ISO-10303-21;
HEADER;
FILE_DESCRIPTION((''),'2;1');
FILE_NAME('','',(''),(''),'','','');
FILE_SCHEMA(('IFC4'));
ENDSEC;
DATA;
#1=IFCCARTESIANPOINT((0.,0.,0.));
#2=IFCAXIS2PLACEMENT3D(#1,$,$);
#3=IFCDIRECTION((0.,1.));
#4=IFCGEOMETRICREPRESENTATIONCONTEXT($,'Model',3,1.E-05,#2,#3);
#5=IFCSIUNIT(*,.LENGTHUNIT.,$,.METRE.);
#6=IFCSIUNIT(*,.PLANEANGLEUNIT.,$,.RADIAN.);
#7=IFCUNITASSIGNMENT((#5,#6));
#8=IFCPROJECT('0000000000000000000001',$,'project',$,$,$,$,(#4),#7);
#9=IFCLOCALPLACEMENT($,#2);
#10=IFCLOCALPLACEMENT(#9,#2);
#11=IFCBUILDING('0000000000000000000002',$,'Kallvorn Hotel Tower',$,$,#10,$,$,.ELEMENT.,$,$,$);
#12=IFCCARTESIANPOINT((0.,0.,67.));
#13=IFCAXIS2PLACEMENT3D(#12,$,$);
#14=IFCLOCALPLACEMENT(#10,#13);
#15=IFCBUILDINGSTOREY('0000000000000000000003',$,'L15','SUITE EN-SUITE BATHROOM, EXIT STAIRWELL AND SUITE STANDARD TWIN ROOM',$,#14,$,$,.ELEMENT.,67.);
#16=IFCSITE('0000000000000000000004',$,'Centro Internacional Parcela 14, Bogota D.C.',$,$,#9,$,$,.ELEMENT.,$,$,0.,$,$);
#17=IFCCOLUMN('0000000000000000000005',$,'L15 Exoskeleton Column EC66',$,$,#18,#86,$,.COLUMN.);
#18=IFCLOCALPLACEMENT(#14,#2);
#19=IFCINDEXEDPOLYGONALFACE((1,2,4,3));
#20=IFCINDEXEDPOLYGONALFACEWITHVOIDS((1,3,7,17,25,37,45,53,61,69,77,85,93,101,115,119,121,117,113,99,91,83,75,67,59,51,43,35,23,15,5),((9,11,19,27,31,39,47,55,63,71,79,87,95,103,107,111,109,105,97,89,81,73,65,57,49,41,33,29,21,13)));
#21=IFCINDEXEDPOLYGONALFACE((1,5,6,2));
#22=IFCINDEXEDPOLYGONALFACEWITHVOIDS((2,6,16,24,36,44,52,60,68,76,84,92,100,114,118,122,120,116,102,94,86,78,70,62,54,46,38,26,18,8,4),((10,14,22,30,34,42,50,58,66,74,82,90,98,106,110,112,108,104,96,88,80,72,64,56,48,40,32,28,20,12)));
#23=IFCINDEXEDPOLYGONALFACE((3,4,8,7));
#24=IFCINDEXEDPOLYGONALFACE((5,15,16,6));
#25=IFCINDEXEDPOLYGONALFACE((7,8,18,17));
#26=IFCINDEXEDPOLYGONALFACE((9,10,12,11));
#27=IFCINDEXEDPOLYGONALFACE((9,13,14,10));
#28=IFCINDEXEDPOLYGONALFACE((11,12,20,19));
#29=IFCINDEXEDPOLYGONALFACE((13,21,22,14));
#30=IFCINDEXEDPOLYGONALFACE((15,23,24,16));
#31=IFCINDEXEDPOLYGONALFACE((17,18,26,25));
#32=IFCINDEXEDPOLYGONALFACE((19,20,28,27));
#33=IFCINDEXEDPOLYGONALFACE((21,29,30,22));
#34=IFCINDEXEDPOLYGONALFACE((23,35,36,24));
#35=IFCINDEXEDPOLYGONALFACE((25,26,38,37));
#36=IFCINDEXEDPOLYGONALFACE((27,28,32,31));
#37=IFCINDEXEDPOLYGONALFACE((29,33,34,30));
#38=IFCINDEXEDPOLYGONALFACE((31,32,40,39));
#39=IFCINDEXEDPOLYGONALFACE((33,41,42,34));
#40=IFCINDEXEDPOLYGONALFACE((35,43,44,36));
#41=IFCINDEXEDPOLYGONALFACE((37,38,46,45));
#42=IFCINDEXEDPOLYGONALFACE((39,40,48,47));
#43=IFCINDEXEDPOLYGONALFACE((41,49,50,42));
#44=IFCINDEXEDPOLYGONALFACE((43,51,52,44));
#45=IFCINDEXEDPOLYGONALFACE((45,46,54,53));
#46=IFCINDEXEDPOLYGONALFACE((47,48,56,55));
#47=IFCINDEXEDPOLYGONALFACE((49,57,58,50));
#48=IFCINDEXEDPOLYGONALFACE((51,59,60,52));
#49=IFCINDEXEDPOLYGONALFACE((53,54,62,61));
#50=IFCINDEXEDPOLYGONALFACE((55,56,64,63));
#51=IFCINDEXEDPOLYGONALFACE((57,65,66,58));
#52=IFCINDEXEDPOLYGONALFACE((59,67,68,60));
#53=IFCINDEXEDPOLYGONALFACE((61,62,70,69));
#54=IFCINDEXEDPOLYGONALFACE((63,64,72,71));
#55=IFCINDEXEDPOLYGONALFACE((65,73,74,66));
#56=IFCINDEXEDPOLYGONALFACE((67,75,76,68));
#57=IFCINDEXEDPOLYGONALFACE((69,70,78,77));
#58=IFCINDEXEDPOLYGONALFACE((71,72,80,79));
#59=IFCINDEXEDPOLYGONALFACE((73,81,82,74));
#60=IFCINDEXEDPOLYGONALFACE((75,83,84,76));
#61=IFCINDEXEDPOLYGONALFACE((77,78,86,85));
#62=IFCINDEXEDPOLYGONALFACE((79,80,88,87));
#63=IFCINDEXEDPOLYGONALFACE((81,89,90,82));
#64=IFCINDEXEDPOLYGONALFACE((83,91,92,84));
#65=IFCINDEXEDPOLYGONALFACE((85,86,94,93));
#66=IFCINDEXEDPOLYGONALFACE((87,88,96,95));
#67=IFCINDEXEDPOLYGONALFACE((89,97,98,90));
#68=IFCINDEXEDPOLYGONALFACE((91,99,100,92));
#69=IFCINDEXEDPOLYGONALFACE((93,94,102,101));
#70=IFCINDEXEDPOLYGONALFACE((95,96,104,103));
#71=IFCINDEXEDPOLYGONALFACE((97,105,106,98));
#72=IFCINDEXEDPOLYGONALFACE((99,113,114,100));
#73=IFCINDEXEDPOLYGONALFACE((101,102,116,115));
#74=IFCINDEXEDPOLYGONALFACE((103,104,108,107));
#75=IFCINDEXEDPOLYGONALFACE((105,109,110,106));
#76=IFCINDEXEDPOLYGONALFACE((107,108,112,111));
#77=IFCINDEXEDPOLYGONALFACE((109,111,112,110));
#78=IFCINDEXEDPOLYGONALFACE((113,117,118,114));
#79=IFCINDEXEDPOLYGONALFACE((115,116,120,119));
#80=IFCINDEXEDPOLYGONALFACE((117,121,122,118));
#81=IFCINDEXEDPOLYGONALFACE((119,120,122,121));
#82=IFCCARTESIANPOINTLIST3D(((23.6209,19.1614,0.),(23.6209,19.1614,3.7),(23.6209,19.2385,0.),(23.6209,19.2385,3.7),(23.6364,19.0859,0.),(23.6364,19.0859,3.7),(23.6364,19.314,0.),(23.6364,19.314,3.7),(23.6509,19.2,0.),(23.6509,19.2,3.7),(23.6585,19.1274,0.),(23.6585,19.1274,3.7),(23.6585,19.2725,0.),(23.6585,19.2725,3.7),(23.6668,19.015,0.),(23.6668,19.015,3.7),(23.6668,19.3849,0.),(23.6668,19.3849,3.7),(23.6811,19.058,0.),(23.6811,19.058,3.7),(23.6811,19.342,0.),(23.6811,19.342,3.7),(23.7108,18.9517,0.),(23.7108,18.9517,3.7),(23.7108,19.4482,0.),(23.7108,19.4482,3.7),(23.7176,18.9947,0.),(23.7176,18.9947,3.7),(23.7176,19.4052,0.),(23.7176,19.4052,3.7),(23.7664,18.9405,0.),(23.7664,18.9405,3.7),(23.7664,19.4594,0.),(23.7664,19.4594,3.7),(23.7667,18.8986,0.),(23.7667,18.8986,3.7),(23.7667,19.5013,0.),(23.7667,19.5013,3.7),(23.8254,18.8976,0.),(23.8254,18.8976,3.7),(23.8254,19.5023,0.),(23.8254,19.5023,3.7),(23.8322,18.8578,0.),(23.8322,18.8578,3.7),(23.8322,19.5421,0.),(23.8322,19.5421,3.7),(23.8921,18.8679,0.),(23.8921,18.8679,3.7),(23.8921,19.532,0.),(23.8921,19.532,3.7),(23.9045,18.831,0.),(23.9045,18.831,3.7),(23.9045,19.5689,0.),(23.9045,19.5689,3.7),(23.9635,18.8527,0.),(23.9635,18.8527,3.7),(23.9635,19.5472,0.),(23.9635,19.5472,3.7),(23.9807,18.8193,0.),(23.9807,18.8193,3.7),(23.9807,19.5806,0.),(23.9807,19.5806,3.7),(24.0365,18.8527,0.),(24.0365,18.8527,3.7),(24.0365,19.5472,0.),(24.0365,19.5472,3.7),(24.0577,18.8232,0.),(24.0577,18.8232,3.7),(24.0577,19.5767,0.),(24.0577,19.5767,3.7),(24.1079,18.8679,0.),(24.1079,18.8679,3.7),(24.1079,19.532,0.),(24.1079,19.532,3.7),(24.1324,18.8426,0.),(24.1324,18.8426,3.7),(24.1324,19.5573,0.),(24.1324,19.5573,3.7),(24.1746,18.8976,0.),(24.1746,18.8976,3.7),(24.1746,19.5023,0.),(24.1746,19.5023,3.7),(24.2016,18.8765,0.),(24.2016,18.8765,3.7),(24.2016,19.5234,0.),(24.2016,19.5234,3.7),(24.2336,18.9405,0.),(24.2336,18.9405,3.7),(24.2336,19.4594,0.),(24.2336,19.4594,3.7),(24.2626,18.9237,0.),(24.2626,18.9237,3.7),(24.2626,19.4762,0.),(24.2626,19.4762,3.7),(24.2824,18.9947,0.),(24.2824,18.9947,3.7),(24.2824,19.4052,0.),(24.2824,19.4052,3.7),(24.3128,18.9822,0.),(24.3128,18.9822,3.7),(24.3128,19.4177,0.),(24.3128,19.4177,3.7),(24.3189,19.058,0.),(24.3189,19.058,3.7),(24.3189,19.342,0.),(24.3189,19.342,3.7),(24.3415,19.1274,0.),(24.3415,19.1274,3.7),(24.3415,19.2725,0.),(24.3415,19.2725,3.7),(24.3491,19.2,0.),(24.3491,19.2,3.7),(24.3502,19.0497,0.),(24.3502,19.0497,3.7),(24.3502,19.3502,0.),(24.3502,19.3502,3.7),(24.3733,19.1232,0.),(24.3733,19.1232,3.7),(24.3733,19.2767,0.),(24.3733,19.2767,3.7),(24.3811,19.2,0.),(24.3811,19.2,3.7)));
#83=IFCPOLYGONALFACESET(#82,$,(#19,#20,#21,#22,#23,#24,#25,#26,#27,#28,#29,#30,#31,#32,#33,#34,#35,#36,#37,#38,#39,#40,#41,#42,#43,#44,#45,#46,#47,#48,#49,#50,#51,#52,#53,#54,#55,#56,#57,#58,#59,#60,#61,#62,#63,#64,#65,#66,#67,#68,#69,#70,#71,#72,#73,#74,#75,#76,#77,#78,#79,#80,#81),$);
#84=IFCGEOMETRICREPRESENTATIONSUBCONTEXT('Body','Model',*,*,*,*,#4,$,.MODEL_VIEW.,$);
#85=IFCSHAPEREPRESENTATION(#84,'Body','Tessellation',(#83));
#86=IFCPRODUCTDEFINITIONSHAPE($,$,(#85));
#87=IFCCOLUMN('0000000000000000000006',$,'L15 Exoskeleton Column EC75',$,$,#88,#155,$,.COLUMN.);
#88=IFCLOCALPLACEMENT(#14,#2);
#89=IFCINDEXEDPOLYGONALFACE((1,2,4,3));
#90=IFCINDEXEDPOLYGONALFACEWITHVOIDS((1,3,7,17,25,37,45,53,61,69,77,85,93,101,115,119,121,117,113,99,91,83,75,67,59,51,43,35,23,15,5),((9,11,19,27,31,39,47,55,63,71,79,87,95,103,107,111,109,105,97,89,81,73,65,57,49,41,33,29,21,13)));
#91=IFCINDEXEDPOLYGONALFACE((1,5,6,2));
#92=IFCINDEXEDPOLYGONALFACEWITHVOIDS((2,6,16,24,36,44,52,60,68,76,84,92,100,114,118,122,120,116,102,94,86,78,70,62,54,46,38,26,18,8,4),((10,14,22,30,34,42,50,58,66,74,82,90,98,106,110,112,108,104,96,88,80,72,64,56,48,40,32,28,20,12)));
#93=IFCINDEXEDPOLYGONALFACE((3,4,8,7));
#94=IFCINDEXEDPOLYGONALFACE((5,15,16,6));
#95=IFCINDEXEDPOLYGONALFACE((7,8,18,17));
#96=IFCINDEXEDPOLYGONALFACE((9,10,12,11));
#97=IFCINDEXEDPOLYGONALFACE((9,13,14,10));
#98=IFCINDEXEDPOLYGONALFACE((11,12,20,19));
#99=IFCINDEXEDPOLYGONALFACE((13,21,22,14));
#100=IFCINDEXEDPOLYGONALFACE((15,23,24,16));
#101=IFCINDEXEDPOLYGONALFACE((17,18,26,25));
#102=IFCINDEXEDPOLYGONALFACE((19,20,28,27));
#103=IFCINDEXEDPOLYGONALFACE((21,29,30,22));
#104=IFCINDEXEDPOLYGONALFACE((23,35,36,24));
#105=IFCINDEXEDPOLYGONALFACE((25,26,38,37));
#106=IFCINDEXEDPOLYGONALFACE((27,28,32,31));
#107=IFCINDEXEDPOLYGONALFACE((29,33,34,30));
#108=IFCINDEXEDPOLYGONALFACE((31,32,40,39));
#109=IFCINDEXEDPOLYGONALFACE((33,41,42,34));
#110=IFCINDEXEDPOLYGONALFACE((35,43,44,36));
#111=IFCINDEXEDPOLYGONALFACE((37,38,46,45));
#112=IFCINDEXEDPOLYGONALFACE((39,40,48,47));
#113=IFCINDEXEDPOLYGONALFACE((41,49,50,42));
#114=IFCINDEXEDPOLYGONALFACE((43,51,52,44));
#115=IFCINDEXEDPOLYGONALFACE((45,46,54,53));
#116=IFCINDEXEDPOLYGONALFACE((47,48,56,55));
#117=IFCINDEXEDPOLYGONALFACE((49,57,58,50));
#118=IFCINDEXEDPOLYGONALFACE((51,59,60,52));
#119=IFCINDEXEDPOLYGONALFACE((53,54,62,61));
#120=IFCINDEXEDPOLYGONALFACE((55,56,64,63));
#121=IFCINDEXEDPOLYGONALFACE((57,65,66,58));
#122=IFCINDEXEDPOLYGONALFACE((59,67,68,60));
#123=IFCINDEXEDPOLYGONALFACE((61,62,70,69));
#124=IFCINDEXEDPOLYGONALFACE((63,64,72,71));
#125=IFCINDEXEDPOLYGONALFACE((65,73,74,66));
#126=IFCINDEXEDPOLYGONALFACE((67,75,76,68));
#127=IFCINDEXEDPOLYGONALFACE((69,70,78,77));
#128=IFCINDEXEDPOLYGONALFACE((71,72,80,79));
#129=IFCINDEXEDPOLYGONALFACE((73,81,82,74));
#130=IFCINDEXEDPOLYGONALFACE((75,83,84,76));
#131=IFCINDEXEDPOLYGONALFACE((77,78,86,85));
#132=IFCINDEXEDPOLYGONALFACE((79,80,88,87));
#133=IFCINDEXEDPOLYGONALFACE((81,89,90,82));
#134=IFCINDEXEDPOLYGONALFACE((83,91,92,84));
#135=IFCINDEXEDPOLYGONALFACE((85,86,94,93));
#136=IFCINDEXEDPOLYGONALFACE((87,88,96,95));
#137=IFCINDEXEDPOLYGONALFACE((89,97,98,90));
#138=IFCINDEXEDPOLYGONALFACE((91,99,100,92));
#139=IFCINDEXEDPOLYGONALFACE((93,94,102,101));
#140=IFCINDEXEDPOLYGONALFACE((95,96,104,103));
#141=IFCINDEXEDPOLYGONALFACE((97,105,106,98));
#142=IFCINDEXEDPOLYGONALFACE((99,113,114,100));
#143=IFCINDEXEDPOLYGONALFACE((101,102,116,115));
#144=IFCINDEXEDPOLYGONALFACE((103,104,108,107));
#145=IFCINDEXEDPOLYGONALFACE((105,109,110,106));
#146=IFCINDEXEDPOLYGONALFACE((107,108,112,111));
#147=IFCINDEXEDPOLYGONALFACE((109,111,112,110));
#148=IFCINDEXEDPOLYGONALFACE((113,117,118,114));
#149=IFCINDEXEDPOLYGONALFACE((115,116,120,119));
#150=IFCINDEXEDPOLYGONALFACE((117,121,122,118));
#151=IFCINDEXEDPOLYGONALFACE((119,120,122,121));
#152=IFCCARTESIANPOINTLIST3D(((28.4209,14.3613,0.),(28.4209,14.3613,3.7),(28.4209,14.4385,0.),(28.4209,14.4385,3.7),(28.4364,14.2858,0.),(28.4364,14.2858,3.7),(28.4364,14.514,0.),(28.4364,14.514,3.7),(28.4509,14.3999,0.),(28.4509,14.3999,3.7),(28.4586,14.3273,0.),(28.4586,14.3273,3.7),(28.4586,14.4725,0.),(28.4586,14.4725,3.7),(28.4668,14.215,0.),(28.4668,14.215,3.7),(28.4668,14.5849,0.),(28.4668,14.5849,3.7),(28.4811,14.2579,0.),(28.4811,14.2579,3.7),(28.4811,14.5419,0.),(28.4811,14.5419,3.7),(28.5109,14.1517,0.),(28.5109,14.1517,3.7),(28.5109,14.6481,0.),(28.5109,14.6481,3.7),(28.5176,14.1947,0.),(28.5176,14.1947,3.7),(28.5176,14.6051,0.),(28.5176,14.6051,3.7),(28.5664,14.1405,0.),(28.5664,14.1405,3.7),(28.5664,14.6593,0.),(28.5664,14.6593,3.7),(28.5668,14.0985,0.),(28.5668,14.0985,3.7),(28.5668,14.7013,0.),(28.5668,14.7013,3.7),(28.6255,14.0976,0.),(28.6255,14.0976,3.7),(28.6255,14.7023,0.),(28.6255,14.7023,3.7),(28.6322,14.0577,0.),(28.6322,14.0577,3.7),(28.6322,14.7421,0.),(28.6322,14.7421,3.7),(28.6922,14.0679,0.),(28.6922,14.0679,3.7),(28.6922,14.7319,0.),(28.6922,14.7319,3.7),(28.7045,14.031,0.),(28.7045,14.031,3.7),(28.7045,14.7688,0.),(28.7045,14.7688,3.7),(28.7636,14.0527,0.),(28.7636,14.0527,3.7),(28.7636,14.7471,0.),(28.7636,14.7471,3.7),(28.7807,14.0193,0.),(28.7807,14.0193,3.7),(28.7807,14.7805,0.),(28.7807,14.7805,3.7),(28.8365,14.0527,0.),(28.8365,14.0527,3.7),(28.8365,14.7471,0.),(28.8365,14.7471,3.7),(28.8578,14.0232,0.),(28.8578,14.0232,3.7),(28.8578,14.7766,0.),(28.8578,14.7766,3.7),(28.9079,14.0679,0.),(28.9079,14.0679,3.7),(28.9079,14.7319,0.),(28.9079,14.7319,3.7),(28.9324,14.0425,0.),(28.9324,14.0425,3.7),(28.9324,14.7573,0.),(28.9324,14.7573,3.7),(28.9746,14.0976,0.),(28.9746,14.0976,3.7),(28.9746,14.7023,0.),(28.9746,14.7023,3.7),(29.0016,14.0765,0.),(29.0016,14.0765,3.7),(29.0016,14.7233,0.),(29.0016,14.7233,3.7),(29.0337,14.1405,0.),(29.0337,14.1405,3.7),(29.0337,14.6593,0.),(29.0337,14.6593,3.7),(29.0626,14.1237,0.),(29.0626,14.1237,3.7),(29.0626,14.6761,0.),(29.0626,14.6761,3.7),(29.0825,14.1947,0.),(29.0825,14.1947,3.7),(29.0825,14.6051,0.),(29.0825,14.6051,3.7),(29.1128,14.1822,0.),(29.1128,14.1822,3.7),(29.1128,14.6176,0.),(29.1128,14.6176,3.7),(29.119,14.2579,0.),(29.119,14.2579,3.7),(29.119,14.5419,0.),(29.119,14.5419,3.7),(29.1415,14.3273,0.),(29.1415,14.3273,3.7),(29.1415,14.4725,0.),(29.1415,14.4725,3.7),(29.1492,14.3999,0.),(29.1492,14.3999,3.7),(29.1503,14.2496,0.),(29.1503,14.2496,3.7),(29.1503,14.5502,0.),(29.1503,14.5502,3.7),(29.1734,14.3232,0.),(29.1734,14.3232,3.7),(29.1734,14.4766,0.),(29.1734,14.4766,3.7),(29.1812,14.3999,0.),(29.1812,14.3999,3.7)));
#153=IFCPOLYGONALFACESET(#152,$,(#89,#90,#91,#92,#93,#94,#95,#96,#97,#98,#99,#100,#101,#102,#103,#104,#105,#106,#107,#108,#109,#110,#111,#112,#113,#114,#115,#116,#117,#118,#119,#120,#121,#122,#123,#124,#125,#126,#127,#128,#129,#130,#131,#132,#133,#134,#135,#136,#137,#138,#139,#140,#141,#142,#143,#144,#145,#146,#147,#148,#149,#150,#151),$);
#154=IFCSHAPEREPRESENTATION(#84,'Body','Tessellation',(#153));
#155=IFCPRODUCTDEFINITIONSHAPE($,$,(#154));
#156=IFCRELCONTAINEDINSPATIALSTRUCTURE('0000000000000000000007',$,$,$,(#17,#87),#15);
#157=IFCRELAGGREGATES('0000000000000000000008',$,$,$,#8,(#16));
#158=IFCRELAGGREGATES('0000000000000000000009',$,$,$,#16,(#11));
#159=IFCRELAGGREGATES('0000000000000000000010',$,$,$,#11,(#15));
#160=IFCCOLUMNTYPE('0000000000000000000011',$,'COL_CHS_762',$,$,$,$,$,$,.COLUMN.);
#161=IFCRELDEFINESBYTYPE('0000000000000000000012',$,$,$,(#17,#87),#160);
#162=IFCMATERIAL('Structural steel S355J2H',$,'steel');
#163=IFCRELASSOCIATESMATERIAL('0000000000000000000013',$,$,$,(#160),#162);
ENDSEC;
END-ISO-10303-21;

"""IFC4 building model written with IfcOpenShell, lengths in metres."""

from ifc_helpers import new_model, si_unit, direction, frame, origin, origin_2d, place, context, subcontext, project, spatial, hollow_circle, extrude, material, material_profile, profile_set, type_object, element, save


model = new_model("IFC4")

# Units and contexts
model_context = context("Model", 3, precision=1e-05, world=origin(), true_north=direction((0.0, 1.0)))
body_context = subcontext(model_context, "Body", "Model", "MODEL_VIEW")
ifc_project = project(units=[si_unit("LENGTHUNIT", "METRE"), si_unit("PLANEANGLEUNIT", "RADIAN")], contexts=[model_context])

# Site, building, storey
site_placement = place(None, origin())
site = spatial("IfcSite", under=ifc_project, at=site_placement, Name="Centro Internacional Parcela 14, Bogota D.C.", CompositionType="ELEMENT", RefElevation=0.0)
building_placement = place(site_placement, origin())
building = spatial("IfcBuilding", under=site, at=building_placement, Name="Kallvorn Hotel Tower", CompositionType="ELEMENT")
storey_placement = place(building_placement, frame((0.0, 0.0, 67.0)))
storey = spatial("IfcBuildingStorey", under=building, at=storey_placement, Name="L15", Description="SUITE EN-SUITE BATHROOM, EXIT STAIRWELL AND SUITE STANDARD TWIN ROOM", CompositionType="ELEMENT", Elevation=67.0)

# Columns
ifc_material_1 = material(Name="Structural steel S355J2H", Category="steel")
ifc_material_profile_1 = material_profile(ifc_material_1, hollow_circle(Radius=0.3811, WallThickness=0.032, at=origin_2d()), Name="CHS 762x32")
ifc_profile_set_1 = profile_set([ifc_material_profile_1], Name="Structural steel S355J2H")
column_type_1 = type_object("IfcColumnType", Name="COL_CHS_762", PredefinedType="COLUMN", material=ifc_profile_set_1)
for number, where, z_axis, x_axis, name in (
    (1, (24.0, 19.2, 0.0), (0.0, 0.0, 1.0), (1.0, 0.0, 0.0), "L15 Exoskeleton Column EC66"),
    (2, (28.8, 14.3999, 0.0), (0.0, 0.0, 1.0), (1.0, 0.0, 0.0), "L15 Exoskeleton Column EC75"),
):
    element("IfcColumn", number, at=place(storey_placement, frame(where, z_axis=z_axis, x_axis=x_axis)), inside=storey, type_object=column_type_1, Name=name, PredefinedType="COLUMN", context=body_context, shape_type="SweptSolid", body=[
        extrude(hollow_circle(Radius=0.3811, WallThickness=0.032, at=origin_2d()), origin(), (0.0, 0.0, 1.0), 3.7),
    ])

save(model, "model.ifc")
